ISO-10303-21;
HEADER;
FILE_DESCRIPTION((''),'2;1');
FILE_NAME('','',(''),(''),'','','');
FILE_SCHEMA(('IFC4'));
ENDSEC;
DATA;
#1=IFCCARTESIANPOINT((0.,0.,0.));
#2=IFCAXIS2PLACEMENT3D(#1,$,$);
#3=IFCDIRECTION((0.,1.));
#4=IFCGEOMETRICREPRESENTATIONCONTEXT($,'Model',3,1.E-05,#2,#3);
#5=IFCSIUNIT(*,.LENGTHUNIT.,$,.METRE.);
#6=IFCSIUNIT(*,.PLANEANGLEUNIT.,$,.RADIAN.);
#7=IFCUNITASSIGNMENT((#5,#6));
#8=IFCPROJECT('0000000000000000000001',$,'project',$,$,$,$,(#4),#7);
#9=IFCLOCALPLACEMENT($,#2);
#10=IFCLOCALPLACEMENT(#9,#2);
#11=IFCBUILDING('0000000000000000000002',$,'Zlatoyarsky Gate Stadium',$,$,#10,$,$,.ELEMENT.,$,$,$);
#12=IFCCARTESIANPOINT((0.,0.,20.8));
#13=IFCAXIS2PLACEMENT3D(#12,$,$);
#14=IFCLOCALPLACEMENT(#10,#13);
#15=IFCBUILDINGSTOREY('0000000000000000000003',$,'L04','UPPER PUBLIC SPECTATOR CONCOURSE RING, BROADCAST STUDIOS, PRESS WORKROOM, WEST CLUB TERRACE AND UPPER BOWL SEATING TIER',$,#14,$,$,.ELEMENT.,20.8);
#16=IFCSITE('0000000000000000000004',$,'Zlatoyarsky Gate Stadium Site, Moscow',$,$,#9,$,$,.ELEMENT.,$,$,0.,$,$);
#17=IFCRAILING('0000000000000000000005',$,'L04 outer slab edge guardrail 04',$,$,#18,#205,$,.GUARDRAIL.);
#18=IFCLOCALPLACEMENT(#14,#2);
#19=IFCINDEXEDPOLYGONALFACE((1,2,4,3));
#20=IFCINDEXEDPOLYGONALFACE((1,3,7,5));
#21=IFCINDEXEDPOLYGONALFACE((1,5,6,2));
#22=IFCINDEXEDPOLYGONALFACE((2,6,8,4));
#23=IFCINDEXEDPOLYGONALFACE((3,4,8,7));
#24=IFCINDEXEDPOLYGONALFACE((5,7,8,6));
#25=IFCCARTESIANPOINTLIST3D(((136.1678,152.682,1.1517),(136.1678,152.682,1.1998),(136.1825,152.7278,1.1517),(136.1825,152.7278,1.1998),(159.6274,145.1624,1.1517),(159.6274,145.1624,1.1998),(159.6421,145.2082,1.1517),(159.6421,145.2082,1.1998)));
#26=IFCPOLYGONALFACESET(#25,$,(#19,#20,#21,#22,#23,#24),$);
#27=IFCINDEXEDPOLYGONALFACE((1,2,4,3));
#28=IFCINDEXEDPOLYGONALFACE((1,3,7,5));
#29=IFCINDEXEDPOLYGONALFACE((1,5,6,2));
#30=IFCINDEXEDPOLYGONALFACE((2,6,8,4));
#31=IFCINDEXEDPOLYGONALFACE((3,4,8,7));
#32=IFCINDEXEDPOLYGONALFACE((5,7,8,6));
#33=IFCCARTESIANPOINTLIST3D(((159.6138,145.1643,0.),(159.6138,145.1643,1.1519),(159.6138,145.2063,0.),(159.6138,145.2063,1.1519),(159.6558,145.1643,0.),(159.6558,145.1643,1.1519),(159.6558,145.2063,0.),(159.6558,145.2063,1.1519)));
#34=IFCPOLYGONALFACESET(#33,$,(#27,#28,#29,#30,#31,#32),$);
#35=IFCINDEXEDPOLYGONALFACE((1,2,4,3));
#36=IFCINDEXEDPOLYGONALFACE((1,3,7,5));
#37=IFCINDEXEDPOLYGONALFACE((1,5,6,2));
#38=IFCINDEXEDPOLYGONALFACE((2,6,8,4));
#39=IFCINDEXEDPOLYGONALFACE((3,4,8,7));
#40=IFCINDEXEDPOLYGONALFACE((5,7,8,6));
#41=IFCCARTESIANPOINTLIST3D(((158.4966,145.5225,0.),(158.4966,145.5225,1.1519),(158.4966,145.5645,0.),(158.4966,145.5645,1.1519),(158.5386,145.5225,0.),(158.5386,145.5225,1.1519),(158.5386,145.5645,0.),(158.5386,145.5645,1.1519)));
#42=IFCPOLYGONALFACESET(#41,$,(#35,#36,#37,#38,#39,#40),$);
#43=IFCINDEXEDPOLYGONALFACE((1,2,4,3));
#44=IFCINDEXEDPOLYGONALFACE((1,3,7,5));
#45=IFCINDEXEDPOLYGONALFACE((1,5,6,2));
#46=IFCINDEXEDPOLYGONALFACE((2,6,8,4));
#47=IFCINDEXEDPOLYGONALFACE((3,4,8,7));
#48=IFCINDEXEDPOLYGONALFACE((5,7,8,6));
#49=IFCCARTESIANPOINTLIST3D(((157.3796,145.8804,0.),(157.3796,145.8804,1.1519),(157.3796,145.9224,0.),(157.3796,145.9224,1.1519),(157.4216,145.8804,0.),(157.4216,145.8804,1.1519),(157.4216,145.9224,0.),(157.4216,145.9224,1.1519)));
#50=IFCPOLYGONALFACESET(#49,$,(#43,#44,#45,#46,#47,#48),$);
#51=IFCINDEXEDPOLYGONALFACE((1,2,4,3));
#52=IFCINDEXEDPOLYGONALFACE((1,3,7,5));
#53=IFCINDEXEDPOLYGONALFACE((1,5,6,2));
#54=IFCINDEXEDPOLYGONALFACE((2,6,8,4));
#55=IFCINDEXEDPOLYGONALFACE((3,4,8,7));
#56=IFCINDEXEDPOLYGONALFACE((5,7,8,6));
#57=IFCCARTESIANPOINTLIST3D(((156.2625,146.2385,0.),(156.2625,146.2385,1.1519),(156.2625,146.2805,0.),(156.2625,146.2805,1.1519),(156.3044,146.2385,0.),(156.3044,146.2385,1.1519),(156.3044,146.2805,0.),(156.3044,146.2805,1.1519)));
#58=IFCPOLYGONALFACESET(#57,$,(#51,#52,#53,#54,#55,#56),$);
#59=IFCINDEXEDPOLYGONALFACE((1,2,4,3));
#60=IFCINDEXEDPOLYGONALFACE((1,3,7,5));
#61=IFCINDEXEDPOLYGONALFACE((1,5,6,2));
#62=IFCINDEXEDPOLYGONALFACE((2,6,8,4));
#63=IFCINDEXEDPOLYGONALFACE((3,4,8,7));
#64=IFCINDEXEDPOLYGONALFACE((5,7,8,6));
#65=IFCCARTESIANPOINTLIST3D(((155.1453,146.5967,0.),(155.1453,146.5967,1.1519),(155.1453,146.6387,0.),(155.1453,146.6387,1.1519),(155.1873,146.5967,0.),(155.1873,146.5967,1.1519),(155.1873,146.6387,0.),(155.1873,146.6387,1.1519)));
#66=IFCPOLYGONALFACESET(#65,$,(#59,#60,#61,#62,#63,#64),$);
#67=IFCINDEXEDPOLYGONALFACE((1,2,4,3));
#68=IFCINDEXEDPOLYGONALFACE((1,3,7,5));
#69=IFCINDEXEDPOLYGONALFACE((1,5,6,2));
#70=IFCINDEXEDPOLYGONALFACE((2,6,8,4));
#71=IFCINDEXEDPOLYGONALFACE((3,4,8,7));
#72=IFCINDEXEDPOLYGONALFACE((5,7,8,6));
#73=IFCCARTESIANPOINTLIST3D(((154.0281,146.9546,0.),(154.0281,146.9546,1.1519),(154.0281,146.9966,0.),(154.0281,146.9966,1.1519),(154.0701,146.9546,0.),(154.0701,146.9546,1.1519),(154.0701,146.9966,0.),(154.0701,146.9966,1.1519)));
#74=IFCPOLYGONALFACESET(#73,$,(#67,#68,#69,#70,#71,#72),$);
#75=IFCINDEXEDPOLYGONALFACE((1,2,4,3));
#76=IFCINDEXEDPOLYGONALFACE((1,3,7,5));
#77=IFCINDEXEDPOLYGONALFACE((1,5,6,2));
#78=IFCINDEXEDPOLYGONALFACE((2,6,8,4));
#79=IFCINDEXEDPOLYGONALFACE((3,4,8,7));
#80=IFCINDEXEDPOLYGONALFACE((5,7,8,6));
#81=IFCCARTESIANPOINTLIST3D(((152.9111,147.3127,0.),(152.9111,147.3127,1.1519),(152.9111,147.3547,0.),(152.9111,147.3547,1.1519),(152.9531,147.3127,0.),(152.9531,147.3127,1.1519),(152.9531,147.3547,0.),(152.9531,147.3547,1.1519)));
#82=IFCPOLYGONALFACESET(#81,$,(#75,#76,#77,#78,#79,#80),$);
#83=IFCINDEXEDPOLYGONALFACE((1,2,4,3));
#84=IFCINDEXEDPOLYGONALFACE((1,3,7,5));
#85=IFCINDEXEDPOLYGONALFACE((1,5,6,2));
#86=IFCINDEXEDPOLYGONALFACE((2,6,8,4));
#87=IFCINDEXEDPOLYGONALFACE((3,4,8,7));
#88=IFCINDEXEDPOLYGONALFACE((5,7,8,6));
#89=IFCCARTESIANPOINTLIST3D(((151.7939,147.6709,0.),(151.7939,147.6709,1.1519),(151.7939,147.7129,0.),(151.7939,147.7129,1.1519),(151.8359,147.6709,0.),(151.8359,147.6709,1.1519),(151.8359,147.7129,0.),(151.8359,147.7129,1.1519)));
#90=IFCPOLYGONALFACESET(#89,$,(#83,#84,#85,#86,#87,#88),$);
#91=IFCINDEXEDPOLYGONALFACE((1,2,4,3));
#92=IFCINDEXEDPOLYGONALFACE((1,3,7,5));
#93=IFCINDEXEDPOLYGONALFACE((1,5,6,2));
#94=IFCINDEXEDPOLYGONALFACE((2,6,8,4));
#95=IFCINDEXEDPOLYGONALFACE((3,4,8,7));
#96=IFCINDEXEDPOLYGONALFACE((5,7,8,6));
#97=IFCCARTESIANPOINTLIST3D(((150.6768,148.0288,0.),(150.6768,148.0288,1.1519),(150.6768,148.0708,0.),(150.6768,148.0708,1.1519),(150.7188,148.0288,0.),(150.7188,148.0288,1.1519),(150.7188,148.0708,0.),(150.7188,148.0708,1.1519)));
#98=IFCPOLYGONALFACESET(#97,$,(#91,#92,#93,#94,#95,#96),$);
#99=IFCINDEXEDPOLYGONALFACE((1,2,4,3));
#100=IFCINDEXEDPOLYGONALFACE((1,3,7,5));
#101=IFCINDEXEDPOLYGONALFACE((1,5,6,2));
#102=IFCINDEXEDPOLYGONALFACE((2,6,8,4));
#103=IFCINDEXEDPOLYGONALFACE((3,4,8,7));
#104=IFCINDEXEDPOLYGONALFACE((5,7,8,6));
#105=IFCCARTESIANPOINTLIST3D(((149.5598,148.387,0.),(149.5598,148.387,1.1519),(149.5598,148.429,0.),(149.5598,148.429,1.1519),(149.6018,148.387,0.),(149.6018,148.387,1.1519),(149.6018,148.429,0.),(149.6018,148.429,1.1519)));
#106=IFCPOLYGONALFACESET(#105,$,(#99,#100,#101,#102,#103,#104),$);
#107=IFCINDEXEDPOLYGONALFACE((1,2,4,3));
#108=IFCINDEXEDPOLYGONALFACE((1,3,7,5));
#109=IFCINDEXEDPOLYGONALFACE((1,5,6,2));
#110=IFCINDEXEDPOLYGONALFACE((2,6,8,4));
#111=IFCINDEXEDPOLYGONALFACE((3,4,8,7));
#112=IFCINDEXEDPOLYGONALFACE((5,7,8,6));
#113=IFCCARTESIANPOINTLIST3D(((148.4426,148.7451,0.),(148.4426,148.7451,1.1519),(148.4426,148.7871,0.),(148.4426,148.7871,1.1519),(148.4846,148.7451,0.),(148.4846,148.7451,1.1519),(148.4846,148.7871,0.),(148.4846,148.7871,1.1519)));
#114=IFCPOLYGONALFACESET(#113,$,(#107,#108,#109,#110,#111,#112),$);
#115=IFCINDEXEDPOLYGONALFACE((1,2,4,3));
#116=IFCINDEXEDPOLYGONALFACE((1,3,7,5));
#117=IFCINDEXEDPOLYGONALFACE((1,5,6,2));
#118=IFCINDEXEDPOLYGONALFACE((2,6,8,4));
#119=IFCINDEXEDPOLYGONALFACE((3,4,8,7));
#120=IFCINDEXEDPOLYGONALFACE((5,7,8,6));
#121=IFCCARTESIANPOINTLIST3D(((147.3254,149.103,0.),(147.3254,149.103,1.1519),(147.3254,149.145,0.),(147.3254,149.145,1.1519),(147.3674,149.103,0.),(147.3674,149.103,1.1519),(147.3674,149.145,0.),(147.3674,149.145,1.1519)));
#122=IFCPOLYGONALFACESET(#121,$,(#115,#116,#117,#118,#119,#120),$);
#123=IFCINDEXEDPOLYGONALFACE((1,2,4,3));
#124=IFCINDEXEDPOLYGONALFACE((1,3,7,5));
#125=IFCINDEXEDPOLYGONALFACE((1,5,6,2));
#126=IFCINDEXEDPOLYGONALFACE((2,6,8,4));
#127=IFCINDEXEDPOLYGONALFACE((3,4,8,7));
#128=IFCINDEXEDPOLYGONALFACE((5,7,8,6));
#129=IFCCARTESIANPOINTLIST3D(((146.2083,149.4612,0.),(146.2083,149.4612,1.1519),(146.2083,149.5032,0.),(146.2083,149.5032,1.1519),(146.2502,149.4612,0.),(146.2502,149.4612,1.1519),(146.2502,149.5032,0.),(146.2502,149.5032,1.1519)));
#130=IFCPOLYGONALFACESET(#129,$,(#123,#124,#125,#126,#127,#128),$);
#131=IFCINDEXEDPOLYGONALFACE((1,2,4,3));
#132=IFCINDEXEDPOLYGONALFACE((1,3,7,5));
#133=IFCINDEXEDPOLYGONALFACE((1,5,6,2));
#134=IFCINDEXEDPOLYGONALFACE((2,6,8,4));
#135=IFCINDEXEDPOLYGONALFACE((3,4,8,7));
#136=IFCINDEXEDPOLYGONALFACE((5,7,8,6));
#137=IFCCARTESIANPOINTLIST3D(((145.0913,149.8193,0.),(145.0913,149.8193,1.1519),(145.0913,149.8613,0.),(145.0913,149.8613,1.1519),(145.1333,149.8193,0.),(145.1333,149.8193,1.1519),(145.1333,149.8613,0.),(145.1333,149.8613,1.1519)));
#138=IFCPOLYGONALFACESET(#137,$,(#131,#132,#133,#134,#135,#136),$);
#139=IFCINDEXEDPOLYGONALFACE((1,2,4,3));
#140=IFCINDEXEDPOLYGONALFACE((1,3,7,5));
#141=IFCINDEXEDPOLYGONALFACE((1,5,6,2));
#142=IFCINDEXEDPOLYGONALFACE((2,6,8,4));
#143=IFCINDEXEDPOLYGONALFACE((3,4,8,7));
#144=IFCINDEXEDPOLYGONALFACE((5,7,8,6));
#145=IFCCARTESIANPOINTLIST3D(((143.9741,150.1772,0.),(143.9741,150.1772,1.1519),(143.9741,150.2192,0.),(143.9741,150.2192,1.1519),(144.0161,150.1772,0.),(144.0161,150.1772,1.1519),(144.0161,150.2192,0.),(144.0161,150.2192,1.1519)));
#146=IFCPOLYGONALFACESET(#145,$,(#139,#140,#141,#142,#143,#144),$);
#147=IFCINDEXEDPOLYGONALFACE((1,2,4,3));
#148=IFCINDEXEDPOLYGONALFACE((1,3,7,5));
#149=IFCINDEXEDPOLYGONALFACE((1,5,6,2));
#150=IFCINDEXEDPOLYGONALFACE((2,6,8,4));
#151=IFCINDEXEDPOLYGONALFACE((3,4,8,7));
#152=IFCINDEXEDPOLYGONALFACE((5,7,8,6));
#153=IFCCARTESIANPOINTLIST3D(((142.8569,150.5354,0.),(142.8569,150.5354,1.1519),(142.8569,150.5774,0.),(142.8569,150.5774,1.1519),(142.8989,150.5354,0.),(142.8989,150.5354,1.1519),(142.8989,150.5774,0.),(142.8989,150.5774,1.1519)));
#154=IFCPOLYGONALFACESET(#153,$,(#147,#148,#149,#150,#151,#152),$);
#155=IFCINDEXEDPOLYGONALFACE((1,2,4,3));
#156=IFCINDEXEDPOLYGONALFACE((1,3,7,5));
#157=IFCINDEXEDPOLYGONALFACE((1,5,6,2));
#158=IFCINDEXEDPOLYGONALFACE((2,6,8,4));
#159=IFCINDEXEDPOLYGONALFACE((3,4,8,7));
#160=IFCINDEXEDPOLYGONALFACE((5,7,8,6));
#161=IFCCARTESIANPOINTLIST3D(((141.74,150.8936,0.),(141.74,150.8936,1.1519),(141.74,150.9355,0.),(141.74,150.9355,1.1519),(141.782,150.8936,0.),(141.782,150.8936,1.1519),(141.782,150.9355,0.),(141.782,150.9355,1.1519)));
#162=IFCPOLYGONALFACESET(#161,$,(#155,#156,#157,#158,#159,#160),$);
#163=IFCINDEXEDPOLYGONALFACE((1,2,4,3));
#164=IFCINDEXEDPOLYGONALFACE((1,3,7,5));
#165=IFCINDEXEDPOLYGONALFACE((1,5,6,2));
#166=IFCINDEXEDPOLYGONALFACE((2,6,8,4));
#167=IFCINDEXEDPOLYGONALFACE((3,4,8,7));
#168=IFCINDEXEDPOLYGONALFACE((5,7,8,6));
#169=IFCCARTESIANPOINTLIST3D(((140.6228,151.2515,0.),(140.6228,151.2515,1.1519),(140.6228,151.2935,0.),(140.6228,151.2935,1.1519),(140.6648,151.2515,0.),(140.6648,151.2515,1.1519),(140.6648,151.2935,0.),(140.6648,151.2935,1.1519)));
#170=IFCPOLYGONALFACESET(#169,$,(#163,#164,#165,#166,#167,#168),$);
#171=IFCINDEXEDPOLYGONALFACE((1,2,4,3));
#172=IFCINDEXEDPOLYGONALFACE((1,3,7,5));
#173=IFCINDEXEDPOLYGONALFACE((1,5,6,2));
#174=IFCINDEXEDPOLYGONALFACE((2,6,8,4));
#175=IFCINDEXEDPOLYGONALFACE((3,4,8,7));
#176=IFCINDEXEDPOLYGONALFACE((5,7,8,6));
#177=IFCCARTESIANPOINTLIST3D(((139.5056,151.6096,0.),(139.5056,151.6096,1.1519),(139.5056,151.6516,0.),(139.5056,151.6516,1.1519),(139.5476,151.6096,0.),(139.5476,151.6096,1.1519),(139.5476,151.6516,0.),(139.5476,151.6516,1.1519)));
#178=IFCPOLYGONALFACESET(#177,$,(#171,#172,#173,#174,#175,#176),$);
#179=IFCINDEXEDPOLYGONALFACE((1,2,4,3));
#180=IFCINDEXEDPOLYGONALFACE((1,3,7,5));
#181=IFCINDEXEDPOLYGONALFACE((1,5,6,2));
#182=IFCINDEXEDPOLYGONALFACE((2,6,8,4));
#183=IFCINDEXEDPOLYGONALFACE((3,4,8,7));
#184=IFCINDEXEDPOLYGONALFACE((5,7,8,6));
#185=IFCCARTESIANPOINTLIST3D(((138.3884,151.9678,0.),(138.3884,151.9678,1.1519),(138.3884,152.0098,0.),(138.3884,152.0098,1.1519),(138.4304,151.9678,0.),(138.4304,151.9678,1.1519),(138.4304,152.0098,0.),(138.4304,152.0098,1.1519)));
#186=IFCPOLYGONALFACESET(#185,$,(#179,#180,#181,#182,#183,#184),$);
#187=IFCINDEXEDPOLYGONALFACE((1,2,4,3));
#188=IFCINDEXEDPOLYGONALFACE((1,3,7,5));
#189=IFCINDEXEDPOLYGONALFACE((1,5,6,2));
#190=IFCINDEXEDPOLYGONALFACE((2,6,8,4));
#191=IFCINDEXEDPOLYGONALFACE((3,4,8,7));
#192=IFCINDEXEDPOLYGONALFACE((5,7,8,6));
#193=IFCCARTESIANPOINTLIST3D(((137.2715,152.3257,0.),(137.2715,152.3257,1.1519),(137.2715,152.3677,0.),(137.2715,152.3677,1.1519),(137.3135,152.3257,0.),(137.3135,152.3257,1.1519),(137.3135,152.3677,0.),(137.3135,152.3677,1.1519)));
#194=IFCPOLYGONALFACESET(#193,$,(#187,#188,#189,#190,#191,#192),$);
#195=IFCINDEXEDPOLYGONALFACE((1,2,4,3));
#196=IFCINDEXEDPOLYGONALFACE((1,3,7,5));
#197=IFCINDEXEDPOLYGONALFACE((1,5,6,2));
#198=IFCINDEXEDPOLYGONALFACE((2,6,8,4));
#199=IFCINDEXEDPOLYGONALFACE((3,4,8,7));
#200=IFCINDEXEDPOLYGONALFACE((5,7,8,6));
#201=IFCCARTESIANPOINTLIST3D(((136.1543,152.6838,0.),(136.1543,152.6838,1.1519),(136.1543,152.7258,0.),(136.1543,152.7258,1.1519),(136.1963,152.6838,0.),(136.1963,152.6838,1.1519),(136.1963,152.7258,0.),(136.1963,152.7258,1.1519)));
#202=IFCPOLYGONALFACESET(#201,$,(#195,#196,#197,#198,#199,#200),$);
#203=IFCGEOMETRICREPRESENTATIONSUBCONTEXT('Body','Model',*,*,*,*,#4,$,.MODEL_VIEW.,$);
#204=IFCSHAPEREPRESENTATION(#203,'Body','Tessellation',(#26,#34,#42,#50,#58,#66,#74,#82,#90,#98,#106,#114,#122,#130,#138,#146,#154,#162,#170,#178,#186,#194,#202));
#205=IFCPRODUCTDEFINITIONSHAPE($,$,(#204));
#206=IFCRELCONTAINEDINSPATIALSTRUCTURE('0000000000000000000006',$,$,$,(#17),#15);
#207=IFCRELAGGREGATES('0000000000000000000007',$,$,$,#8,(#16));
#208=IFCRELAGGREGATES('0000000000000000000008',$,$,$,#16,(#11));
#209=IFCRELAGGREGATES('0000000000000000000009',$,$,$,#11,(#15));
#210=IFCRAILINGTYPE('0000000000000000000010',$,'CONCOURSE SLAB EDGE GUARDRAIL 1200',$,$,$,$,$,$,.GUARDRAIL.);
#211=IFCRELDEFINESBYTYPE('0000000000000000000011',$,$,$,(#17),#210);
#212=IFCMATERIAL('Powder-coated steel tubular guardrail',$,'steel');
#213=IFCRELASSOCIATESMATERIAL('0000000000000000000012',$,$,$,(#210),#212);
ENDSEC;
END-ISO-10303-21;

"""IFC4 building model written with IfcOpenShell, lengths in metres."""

from ifc_helpers import new_model, si_unit, direction, frame, origin, origin_2d, place, context, subcontext, project, spatial, rectangle, extrude, material, type_object, element, save


model = new_model("IFC4")

# Units and contexts
model_context = context("Model", 3, precision=1e-05, world=origin(), true_north=direction((0.0, 1.0)))
body_context = subcontext(model_context, "Body", "Model", "MODEL_VIEW")
ifc_project = project(units=[si_unit("LENGTHUNIT", "METRE"), si_unit("PLANEANGLEUNIT", "RADIAN")], contexts=[model_context])

# Site, building, storey
site_placement = place(None, origin())
site = spatial("IfcSite", under=ifc_project, at=site_placement, Name="Zlatoyarsky Gate Stadium Site, Moscow", CompositionType="ELEMENT", RefElevation=0.0)
building_placement = place(site_placement, origin())
building = spatial("IfcBuilding", under=site, at=building_placement, Name="Zlatoyarsky Gate Stadium", CompositionType="ELEMENT")
storey_placement = place(building_placement, frame((0.0, 0.0, 20.8)))
storey = spatial("IfcBuildingStorey", under=building, at=storey_placement, Name="L04", Description="UPPER PUBLIC SPECTATOR CONCOURSE RING, BROADCAST STUDIOS, PRESS WORKROOM, WEST CLUB TERRACE AND UPPER BOWL SEATING TIER", CompositionType="ELEMENT", Elevation=20.8)

# Railing
ifc_material_1 = material(Name="Powder-coated steel tubular guardrail", Category="steel")
railing_type = type_object("IfcRailingType", Name="CONCOURSE SLAB EDGE GUARDRAIL 1200", PredefinedType="GUARDRAIL", material=ifc_material_1)
railing_placement = place(storey_placement, frame((159.6348, 145.1853, 0.0)))
element("IfcRailing", 1, at=railing_placement, inside=storey, type_object=railing_type, Name="L04 outer slab edge guardrail 04", PredefinedType="GUARDRAIL", context=body_context, shape_type="SweptSolid", body=[
    extrude(rectangle(XDim=0.0481, YDim=0.0481, at=origin_2d()), frame((0.0, 0.0, 1.1758), z_axis=(-0.952277, 0.305236, 0.0), x_axis=(-0.305236, -0.952277, 0.0)), (0.0, 0.0, 1.0), 24.6353),
    extrude(rectangle(XDim=0.042, YDim=0.042, at=origin_2d()), origin(), (0.0, 0.0, 1.0), 1.1519),
    extrude(rectangle(XDim=0.042, YDim=0.042, at=origin_2d()), frame((-1.1172, 0.3582, 0.0)), (0.0, 0.0, 1.0), 1.1519),
    extrude(rectangle(XDim=0.042, YDim=0.042, at=origin_2d()), frame((-2.2341, 0.7161, 0.0)), (0.0, 0.0, 1.0), 1.1519),
    extrude(rectangle(XDim=0.042, YDim=0.042, at=origin_2d()), frame((-3.3513, 1.0742, 0.0)), (0.0, 0.0, 1.0), 1.1519),
    extrude(rectangle(XDim=0.042, YDim=0.042, at=origin_2d()), frame((-4.4685, 1.4324, 0.0)), (0.0, 0.0, 1.0), 1.1519),
    extrude(rectangle(XDim=0.042, YDim=0.042, at=origin_2d()), frame((-5.5857, 1.7903, 0.0)), (0.0, 0.0, 1.0), 1.1519),
    extrude(rectangle(XDim=0.042, YDim=0.042, at=origin_2d()), frame((-6.7026, 2.1484, 0.0)), (0.0, 0.0, 1.0), 1.1519),
    extrude(rectangle(XDim=0.042, YDim=0.042, at=origin_2d()), frame((-7.8198, 2.5066, 0.0)), (0.0, 0.0, 1.0), 1.1519),
    extrude(rectangle(XDim=0.042, YDim=0.042, at=origin_2d()), frame((-8.937, 2.8645, 0.0)), (0.0, 0.0, 1.0), 1.1519),
    extrude(rectangle(XDim=0.042, YDim=0.042, at=origin_2d()), frame((-10.054, 3.2227, 0.0)), (0.0, 0.0, 1.0), 1.1519),
    extrude(rectangle(XDim=0.042, YDim=0.042, at=origin_2d()), frame((-11.1711, 3.5808, 0.0)), (0.0, 0.0, 1.0), 1.1519),
    extrude(rectangle(XDim=0.042, YDim=0.042, at=origin_2d()), frame((-12.2883, 3.9387, 0.0)), (0.0, 0.0, 1.0), 1.1519),
    extrude(rectangle(XDim=0.042, YDim=0.042, at=origin_2d()), frame((-13.4055, 4.2969, 0.0)), (0.0, 0.0, 1.0), 1.1519),
    extrude(rectangle(XDim=0.042, YDim=0.042, at=origin_2d()), frame((-14.5225, 4.655, 0.0)), (0.0, 0.0, 1.0), 1.1519),
    extrude(rectangle(XDim=0.042, YDim=0.042, at=origin_2d()), frame((-15.6396, 5.0129, 0.0)), (0.0, 0.0, 1.0), 1.1519),
    extrude(rectangle(XDim=0.042, YDim=0.042, at=origin_2d()), frame((-16.7568, 5.3711, 0.0)), (0.0, 0.0, 1.0), 1.1519),
    extrude(rectangle(XDim=0.042, YDim=0.042, at=origin_2d()), frame((-17.8738, 5.7292, 0.0)), (0.0, 0.0, 1.0), 1.1519),
    extrude(rectangle(XDim=0.042, YDim=0.042, at=origin_2d()), frame((-18.991, 6.0872, 0.0)), (0.0, 0.0, 1.0), 1.1519),
    extrude(rectangle(XDim=0.042, YDim=0.042, at=origin_2d()), frame((-20.1082, 6.4453, 0.0)), (0.0, 0.0, 1.0), 1.1519),
    extrude(rectangle(XDim=0.042, YDim=0.042, at=origin_2d()), frame((-21.2253, 6.8035, 0.0)), (0.0, 0.0, 1.0), 1.1519),
    extrude(rectangle(XDim=0.042, YDim=0.042, at=origin_2d()), frame((-22.3423, 7.1614, 0.0)), (0.0, 0.0, 1.0), 1.1519),
    extrude(rectangle(XDim=0.042, YDim=0.042, at=origin_2d()), frame((-23.4595, 7.5195, 0.0)), (0.0, 0.0, 1.0), 1.1519),
])

save(model, "model.ifc")
